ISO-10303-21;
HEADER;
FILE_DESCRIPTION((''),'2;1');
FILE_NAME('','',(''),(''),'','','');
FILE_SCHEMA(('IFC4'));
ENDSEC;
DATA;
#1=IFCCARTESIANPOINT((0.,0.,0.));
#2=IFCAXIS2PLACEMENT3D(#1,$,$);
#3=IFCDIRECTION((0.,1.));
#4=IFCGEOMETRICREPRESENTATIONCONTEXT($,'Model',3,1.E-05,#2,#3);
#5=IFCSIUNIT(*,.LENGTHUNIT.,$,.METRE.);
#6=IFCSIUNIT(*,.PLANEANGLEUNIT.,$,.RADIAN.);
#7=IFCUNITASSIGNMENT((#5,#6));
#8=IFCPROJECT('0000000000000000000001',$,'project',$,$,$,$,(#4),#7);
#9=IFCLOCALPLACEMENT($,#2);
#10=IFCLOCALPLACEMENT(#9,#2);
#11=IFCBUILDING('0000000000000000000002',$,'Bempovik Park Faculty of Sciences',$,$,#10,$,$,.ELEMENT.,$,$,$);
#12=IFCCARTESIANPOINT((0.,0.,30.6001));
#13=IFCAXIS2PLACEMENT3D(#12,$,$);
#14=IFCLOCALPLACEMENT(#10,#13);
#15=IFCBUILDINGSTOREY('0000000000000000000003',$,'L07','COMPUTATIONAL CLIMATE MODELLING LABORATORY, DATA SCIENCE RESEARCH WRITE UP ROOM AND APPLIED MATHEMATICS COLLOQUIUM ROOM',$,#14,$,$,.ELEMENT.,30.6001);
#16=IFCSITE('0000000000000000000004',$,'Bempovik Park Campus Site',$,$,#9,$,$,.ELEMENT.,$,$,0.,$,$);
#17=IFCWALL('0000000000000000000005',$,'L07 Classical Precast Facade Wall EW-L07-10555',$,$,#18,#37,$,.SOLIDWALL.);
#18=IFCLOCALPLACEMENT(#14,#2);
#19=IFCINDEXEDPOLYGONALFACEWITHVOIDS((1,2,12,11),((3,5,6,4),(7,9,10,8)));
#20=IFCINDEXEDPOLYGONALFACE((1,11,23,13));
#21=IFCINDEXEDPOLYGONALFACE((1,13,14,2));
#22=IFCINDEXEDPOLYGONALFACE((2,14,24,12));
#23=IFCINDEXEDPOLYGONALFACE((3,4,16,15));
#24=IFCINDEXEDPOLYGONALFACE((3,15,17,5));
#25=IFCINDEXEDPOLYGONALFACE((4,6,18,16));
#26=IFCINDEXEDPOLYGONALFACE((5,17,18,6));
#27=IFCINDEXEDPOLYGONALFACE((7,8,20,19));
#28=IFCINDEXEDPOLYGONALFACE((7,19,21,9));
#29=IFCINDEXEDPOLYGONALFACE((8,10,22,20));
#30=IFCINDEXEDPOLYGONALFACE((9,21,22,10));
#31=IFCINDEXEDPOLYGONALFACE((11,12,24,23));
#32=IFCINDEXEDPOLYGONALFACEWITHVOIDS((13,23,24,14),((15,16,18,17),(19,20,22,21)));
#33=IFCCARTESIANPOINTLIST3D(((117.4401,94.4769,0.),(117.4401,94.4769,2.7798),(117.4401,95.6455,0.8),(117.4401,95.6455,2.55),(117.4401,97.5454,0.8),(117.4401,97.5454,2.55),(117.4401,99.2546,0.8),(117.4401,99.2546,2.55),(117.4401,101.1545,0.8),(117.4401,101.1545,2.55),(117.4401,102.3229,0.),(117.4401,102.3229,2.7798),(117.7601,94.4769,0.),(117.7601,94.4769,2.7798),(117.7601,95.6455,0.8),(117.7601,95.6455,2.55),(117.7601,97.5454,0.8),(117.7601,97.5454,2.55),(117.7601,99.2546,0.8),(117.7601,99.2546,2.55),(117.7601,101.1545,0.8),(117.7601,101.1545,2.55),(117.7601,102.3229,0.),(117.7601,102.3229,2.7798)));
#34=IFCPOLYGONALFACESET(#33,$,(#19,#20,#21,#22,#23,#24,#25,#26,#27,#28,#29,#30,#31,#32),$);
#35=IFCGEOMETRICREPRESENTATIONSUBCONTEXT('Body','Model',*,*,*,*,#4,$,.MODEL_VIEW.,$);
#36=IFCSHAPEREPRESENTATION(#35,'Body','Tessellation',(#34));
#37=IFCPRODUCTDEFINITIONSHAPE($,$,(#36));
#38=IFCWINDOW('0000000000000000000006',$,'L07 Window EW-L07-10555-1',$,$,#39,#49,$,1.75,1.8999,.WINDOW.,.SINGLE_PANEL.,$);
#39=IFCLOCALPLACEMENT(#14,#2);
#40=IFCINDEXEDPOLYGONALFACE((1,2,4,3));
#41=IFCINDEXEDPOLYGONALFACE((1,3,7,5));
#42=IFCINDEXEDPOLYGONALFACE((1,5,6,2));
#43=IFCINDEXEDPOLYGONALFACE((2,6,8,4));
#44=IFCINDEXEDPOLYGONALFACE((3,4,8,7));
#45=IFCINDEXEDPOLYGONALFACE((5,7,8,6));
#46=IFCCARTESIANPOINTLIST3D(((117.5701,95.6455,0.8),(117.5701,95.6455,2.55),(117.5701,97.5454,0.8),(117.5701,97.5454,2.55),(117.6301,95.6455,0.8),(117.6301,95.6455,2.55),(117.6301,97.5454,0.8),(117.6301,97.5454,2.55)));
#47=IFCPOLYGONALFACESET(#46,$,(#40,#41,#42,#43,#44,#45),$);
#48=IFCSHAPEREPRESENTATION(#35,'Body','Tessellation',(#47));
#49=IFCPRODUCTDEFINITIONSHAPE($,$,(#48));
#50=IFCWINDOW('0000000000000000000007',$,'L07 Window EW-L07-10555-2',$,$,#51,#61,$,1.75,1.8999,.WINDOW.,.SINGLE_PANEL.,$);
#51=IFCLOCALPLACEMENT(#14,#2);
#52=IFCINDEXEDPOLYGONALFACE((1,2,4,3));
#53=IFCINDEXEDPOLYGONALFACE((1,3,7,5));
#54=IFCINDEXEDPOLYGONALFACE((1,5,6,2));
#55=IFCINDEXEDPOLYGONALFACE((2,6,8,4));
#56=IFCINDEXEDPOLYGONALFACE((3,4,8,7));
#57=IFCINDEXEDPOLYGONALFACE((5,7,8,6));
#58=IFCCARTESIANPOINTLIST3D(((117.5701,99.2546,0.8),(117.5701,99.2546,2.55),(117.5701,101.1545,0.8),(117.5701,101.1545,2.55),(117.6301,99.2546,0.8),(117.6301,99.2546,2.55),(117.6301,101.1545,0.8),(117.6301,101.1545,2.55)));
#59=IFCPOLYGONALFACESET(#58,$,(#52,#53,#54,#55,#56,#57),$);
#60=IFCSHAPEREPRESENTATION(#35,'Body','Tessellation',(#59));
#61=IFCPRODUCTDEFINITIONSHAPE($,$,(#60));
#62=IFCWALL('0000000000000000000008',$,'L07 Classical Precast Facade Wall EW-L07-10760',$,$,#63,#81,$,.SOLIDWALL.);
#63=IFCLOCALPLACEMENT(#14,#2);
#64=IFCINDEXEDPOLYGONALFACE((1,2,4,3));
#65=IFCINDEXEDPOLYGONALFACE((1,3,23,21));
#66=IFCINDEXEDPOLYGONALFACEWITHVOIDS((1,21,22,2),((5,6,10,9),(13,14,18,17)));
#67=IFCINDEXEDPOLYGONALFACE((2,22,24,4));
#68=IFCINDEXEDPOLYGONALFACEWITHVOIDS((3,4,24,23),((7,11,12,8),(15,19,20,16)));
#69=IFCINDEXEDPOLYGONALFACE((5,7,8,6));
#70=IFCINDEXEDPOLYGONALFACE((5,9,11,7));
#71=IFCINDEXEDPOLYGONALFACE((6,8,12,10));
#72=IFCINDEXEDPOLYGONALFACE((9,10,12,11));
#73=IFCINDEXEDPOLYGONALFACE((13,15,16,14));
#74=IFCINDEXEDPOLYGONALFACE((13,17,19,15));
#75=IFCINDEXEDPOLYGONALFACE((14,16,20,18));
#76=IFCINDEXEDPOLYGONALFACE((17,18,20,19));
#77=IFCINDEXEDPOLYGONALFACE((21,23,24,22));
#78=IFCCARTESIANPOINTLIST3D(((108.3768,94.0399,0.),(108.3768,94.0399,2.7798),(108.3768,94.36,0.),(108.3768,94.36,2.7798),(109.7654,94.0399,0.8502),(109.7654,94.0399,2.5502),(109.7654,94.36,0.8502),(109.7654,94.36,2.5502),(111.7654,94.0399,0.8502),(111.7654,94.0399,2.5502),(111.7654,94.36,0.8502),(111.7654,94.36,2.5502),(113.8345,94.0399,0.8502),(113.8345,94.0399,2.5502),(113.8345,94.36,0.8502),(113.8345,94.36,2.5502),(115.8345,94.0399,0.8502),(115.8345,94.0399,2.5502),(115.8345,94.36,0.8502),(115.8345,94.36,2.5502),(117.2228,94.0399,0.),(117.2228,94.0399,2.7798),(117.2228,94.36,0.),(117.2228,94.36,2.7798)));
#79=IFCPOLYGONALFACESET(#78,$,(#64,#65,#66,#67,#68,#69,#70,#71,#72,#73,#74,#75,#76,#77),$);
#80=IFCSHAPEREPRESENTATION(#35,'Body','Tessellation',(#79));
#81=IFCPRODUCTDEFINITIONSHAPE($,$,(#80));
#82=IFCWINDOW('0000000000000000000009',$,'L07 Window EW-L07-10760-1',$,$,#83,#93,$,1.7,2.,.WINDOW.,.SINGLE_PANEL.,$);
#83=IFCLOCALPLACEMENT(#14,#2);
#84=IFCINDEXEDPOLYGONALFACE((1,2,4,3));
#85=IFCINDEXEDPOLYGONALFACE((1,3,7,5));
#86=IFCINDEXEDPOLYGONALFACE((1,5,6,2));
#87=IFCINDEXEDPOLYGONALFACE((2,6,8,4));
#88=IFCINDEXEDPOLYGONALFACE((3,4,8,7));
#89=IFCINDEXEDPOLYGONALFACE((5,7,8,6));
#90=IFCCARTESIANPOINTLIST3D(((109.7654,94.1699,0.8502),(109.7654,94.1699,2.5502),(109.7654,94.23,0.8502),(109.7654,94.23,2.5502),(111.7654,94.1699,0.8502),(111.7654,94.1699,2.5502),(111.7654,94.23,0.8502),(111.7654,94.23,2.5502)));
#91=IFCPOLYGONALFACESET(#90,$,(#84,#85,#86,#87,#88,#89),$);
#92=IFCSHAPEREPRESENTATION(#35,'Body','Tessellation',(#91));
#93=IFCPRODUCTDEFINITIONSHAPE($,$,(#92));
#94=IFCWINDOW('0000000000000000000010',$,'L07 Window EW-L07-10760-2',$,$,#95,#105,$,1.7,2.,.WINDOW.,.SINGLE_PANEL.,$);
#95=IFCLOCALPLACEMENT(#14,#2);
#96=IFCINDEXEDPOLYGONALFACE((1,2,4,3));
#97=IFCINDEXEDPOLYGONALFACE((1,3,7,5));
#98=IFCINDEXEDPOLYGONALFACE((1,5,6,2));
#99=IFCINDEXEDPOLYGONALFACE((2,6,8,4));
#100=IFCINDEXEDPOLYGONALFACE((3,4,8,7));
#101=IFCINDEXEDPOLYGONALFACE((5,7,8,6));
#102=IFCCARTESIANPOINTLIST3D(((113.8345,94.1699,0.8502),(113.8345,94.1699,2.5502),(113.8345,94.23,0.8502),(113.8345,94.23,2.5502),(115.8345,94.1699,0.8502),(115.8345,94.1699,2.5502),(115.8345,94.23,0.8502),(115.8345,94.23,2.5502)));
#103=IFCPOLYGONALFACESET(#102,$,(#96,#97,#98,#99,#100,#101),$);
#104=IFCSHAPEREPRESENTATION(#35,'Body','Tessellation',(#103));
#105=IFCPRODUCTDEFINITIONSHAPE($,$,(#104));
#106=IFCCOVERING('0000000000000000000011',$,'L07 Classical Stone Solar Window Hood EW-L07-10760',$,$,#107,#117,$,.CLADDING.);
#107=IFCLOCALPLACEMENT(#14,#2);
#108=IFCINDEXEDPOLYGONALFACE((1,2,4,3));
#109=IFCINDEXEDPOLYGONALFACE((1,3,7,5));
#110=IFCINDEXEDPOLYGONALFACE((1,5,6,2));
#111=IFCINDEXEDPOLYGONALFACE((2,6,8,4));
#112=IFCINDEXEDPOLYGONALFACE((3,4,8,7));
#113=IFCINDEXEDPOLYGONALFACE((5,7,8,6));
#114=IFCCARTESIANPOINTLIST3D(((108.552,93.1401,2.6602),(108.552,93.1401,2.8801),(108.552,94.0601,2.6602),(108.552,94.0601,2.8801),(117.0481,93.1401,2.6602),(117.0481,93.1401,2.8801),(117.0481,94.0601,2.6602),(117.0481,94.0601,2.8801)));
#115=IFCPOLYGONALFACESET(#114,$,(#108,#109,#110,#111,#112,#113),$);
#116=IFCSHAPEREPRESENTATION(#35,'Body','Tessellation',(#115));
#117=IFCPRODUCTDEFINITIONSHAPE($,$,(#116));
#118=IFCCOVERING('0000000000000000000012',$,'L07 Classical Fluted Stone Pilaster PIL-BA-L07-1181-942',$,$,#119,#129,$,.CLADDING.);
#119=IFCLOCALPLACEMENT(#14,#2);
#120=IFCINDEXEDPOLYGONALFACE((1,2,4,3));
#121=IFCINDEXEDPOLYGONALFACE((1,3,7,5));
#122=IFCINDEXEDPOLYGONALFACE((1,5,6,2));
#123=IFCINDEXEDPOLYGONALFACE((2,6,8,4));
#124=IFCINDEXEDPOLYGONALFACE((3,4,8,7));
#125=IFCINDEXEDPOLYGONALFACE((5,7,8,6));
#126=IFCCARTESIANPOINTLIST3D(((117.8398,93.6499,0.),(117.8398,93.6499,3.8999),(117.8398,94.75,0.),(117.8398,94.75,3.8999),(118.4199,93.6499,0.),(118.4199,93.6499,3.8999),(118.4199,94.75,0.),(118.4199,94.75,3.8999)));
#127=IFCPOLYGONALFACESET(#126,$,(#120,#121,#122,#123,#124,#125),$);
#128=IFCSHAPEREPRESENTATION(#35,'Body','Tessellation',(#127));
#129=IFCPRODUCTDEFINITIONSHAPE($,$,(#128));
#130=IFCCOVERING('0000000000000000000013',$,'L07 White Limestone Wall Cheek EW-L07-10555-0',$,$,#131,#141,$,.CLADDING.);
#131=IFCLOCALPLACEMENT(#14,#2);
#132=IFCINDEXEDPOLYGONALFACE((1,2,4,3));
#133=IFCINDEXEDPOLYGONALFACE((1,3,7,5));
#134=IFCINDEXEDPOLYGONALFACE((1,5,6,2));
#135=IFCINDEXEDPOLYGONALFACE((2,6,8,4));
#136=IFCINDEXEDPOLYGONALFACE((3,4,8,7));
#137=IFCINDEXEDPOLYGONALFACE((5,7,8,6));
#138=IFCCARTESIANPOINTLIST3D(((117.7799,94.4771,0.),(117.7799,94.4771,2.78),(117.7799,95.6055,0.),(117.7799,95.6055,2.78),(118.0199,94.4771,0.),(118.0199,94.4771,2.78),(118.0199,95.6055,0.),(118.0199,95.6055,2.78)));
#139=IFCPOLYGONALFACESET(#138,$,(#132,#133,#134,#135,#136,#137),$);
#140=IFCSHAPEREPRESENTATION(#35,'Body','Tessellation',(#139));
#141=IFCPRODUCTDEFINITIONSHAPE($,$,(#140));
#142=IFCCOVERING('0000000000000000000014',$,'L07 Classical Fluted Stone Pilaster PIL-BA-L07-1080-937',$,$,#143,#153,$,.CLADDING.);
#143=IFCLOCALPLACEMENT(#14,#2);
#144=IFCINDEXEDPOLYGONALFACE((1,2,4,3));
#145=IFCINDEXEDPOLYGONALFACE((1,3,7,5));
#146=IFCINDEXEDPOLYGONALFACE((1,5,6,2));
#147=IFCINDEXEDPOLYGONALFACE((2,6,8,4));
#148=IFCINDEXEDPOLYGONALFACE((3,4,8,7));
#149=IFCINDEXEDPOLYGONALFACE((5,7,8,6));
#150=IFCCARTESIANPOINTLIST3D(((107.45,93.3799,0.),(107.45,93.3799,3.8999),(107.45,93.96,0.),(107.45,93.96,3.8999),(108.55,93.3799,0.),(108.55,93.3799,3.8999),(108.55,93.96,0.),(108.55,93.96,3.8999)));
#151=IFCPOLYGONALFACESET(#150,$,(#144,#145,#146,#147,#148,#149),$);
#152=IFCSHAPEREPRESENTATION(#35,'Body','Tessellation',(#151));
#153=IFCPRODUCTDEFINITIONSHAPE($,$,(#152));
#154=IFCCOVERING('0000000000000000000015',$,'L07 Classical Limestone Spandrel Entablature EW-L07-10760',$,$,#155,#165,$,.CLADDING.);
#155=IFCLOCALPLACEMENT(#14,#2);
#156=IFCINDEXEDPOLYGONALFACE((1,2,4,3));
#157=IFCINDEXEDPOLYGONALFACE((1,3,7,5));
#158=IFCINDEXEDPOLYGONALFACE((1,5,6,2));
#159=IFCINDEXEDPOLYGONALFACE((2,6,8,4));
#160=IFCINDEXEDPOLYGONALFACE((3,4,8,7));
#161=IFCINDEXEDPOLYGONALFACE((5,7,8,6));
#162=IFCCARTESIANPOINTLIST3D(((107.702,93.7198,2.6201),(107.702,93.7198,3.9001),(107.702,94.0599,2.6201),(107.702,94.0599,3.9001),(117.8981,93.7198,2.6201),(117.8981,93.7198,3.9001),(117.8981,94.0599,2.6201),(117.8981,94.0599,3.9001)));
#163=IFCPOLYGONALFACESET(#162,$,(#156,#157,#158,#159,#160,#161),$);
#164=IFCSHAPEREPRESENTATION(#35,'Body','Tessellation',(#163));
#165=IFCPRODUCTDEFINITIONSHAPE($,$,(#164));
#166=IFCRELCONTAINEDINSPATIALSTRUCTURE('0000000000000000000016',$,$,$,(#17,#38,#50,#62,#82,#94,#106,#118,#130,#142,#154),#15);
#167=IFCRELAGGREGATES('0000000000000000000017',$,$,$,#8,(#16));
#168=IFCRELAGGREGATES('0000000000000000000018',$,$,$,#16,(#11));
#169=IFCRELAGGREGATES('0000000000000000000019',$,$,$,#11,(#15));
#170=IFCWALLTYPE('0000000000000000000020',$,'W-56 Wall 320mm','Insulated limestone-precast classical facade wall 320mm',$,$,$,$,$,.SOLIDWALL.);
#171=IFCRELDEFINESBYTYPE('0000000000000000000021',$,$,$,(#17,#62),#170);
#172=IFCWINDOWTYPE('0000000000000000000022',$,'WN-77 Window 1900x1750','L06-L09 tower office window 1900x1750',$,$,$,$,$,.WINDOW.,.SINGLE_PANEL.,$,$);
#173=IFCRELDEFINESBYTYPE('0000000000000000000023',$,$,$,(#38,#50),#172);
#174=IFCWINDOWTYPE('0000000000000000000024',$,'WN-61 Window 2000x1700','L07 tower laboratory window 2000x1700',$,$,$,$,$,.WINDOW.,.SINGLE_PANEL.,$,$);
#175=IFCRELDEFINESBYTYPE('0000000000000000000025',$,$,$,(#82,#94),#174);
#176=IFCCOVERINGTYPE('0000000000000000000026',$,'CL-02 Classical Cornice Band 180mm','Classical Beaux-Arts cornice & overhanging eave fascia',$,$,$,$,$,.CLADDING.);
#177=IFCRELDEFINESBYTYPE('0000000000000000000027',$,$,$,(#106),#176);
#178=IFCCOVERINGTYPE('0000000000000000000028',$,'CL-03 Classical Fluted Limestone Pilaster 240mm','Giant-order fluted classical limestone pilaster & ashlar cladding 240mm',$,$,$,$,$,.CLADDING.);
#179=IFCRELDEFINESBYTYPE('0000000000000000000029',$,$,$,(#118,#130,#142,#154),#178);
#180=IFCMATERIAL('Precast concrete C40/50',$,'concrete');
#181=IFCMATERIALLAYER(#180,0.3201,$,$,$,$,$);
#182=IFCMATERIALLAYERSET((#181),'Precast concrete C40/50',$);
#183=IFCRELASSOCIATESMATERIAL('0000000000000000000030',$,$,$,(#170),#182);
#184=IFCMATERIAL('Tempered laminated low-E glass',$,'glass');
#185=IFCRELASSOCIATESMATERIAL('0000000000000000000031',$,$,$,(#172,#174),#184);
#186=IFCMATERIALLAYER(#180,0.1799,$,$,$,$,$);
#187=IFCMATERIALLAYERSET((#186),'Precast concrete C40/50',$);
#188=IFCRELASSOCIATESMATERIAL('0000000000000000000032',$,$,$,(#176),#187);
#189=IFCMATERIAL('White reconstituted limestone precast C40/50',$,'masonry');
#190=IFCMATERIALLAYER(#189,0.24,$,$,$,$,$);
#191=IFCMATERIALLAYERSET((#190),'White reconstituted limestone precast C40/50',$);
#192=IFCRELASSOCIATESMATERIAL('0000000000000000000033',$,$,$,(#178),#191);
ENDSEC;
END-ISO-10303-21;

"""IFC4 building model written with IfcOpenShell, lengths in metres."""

from ifc_helpers import new_model, si_unit, direction, frame, frame_2d, origin, origin_2d, place, context, subcontext, project, spatial, rectangle, extrude, material, layer, layer_set, type_object, element, fill, save


model = new_model("IFC4")

# Units and contexts
model_context = context("Model", 3, precision=1e-05, world=origin(), true_north=direction((0.0, 1.0)))
body_context = subcontext(model_context, "Body", "Model", "MODEL_VIEW")
ifc_project = project(units=[si_unit("LENGTHUNIT", "METRE"), si_unit("PLANEANGLEUNIT", "RADIAN")], contexts=[model_context])

# Site, building, storey
site_placement = place(None, origin())
site = spatial("IfcSite", under=ifc_project, at=site_placement, Name="Bempovik Park Campus Site", CompositionType="ELEMENT", RefElevation=0.0)
building_placement = place(site_placement, origin())
building = spatial("IfcBuilding", under=site, at=building_placement, Name="Bempovik Park Faculty of Sciences", CompositionType="ELEMENT")
storey_placement = place(building_placement, frame((0.0, 0.0, 30.6001)))
storey = spatial("IfcBuildingStorey", under=building, at=storey_placement, Name="L07", Description="COMPUTATIONAL CLIMATE MODELLING LABORATORY, DATA SCIENCE RESEARCH WRITE UP ROOM AND APPLIED MATHEMATICS COLLOQUIUM ROOM", CompositionType="ELEMENT", Elevation=30.6001)

# Walls, openings, windows
ifc_material_1 = material(Name="Precast concrete C40/50", Category="concrete")
ifc_layer_1 = layer(ifc_material_1, 0.3201)
ifc_layer_set_1 = layer_set([ifc_layer_1], Name="Precast concrete C40/50")
wall_type_1 = type_object("IfcWallType", Name="W-56 Wall 320mm", Description="Insulated limestone-precast classical facade wall 320mm", PredefinedType="SOLIDWALL", material=ifc_layer_set_1)
wall_1_placement = place(storey_placement, frame((117.6001, 94.4771, 0.0), z_axis=(0.0, 0.0, 1.0), x_axis=(0.0, 1.0, 0.0)))
wall_1 = element("IfcWall", 1, at=wall_1_placement, inside=storey, type_object=wall_type_1, Name="L07 Classical Precast Facade Wall EW-L07-10555", PredefinedType="SOLIDWALL", context=body_context, shape_type="SweptSolid", body=[
    extrude(rectangle(XDim=7.8459, YDim=0.3201, at=frame_2d((3.9229, 0.0))), origin(), (0.0, 0.0, 1.0), 2.7798),
])
opening_1_placement = place(wall_1_placement, frame((1.1685, 0.0, 0.8)))
opening_1 = element("IfcOpeningElement", 2, at=opening_1_placement, cuts=wall_1, PredefinedType="OPENING", context=body_context, shape_type="SweptSolid", body=[
    extrude(rectangle(XDim=1.8999, YDim=1.75, at=frame_2d((0.95, 0.875))), frame((0.0, 0.1699, 0.0), z_axis=(0.0, -1.0, 0.0), x_axis=(1.0, 0.0, 0.0)), (0.0, 0.0, 1.0), 0.3401),
])
opening_2_placement = place(wall_1_placement, frame((4.7776, 0.0, 0.8)))
opening_2 = element("IfcOpeningElement", 3, at=opening_2_placement, cuts=wall_1, PredefinedType="OPENING", context=body_context, shape_type="SweptSolid", body=[
    extrude(rectangle(XDim=1.8999, YDim=1.75, at=frame_2d((0.95, 0.875))), frame((0.0, 0.1699, 0.0), z_axis=(0.0, -1.0, 0.0), x_axis=(1.0, 0.0, 0.0)), (0.0, 0.0, 1.0), 0.3401),
])
ifc_material_2 = material(Name="Tempered laminated low-E glass", Category="glass")
window_type_1 = type_object("IfcWindowType", Name="WN-77 Window 1900x1750", Description="L06-L09 tower office window 1900x1750", PartitioningType="SINGLE_PANEL", PredefinedType="WINDOW", material=ifc_material_2)
window_1_placement = place(opening_1_placement, origin())
window_1 = element("IfcWindow", 4, at=window_1_placement, inside=storey, type_object=window_type_1, Name="L07 Window EW-L07-10555-1", OverallHeight=1.75, OverallWidth=1.8999, PartitioningType="SINGLE_PANEL", PredefinedType="WINDOW", context=body_context, shape_type="SweptSolid", body=[
    extrude(rectangle(XDim=1.8999, YDim=1.75, at=frame_2d((0.95, 0.875))), frame((0.0, 0.03, 0.0), z_axis=(0.0, -1.0, 0.0), x_axis=(1.0, 0.0, 0.0)), (0.0, 0.0, 1.0), 0.0601),
])
fill(opening_1, window_1)
window_2_placement = place(opening_2_placement, origin())
window_2 = element("IfcWindow", 5, at=window_2_placement, inside=storey, type_object=window_type_1, Name="L07 Window EW-L07-10555-2", OverallHeight=1.75, OverallWidth=1.8999, PartitioningType="SINGLE_PANEL", PredefinedType="WINDOW", context=body_context, shape_type="SweptSolid", body=[
    extrude(rectangle(XDim=1.8999, YDim=1.75, at=frame_2d((0.95, 0.875))), frame((0.0, 0.03, 0.0), z_axis=(0.0, -1.0, 0.0), x_axis=(1.0, 0.0, 0.0)), (0.0, 0.0, 1.0), 0.0601),
])
fill(opening_2, window_2)
wall_2_placement = place(storey_placement, frame((108.377, 94.2, 0.0), z_axis=(0.0, 0.0, 1.0), x_axis=(1.0, 0.0, 0.0)))
wall_2 = element("IfcWall", 6, at=wall_2_placement, inside=storey, type_object=wall_type_1, Name="L07 Classical Precast Facade Wall EW-L07-10760", PredefinedType="SOLIDWALL", context=body_context, shape_type="SweptSolid", body=[
    extrude(rectangle(XDim=8.8459, YDim=0.3201, at=frame_2d((4.4229, 0.0))), origin(), (0.0, 0.0, 1.0), 2.7798),
])
opening_3_placement = place(wall_2_placement, frame((1.3884, 0.0, 0.8501)))
opening_3 = element("IfcOpeningElement", 7, at=opening_3_placement, cuts=wall_2, PredefinedType="OPENING", context=body_context, shape_type="SweptSolid", body=[
    extrude(rectangle(XDim=2.0, YDim=1.7, at=frame_2d((1.0, 0.8501))), frame((0.0, 0.1699, 0.0), z_axis=(0.0, -1.0, 0.0), x_axis=(1.0, 0.0, 0.0)), (0.0, 0.0, 1.0), 0.3401),
])
opening_4_placement = place(wall_2_placement, frame((5.4575, 0.0, 0.8501)))
opening_4 = element("IfcOpeningElement", 8, at=opening_4_placement, cuts=wall_2, PredefinedType="OPENING", context=body_context, shape_type="SweptSolid", body=[
    extrude(rectangle(XDim=2.0, YDim=1.7, at=frame_2d((1.0, 0.8501))), frame((0.0, 0.1699, 0.0), z_axis=(0.0, -1.0, 0.0), x_axis=(1.0, 0.0, 0.0)), (0.0, 0.0, 1.0), 0.3401),
])
window_type_2 = type_object("IfcWindowType", Name="WN-61 Window 2000x1700", Description="L07 tower laboratory window 2000x1700", PartitioningType="SINGLE_PANEL", PredefinedType="WINDOW", material=ifc_material_2)
window_3_placement = place(opening_3_placement, origin())
window_3 = element("IfcWindow", 9, at=window_3_placement, inside=storey, type_object=window_type_2, Name="L07 Window EW-L07-10760-1", OverallHeight=1.7, OverallWidth=2.0, PartitioningType="SINGLE_PANEL", PredefinedType="WINDOW", context=body_context, shape_type="SweptSolid", body=[
    extrude(rectangle(XDim=2.0, YDim=1.7, at=frame_2d((1.0, 0.8501))), frame((0.0, 0.03, 0.0), z_axis=(0.0, -1.0, 0.0), x_axis=(1.0, 0.0, 0.0)), (0.0, 0.0, 1.0), 0.0601),
])
fill(opening_3, window_3)
window_4_placement = place(opening_4_placement, origin())
window_4 = element("IfcWindow", 10, at=window_4_placement, inside=storey, type_object=window_type_2, Name="L07 Window EW-L07-10760-2", OverallHeight=1.7, OverallWidth=2.0, PartitioningType="SINGLE_PANEL", PredefinedType="WINDOW", context=body_context, shape_type="SweptSolid", body=[
    extrude(rectangle(XDim=2.0, YDim=1.7, at=frame_2d((1.0, 0.8501))), frame((0.0, 0.03, 0.0), z_axis=(0.0, -1.0, 0.0), x_axis=(1.0, 0.0, 0.0)), (0.0, 0.0, 1.0), 0.0601),
])
fill(opening_4, window_4)

# Coverings
ifc_layer_2 = layer(ifc_material_1, 0.1799)
ifc_layer_set_2 = layer_set([ifc_layer_2], Name="Precast concrete C40/50")
covering_type_1 = type_object("IfcCoveringType", Name="CL-02 Classical Cornice Band 180mm", Description="Classical Beaux-Arts cornice & overhanging eave fascia", PredefinedType="CLADDING", material=ifc_layer_set_2)
covering_1_placement = place(storey_placement, frame((112.8, 93.6001, 2.6602), z_axis=(0.0, 0.0, 1.0), x_axis=(1.0, 0.0, 0.0)))
element("IfcCovering", 11, at=covering_1_placement, inside=storey, type_object=covering_type_1, Name="L07 Classical Stone Solar Window Hood EW-L07-10760", PredefinedType="CLADDING", context=body_context, shape_type="SweptSolid", body=[
    extrude(rectangle(XDim=8.4961, YDim=0.9199, at=origin_2d()), origin(), (0.0, 0.0, 1.0), 0.22),
])
ifc_material_3 = material(Name="White reconstituted limestone precast C40/50", Category="masonry")
ifc_layer_3 = layer(ifc_material_3, 0.24)
ifc_layer_set_3 = layer_set([ifc_layer_3], Name="White reconstituted limestone precast C40/50")
covering_type_2 = type_object("IfcCoveringType", Name="CL-03 Classical Fluted Limestone Pilaster 240mm", Description="Giant-order fluted classical limestone pilaster & ashlar cladding 240mm", PredefinedType="CLADDING", material=ifc_layer_set_3)
covering_2_placement = place(storey_placement, frame((118.1299, 94.2, 0.0), z_axis=(0.0, 0.0, 1.0), x_axis=(1.0, 0.0, 0.0)))
element("IfcCovering", 12, at=covering_2_placement, inside=storey, type_object=covering_type_2, Name="L07 Classical Fluted Stone Pilaster PIL-BA-L07-1181-942", PredefinedType="CLADDING", context=body_context, shape_type="SweptSolid", body=[
    extrude(rectangle(XDim=0.5801, YDim=1.1001, at=origin_2d()), origin(), (0.0, 0.0, 1.0), 3.8999),
])
covering_3_placement = place(storey_placement, frame((117.8999, 95.0413, 0.0), z_axis=(0.0, 0.0, 1.0), x_axis=(1.0, 0.0, 0.0)))
element("IfcCovering", 13, at=covering_3_placement, inside=storey, type_object=covering_type_2, Name="L07 White Limestone Wall Cheek EW-L07-10555-0", PredefinedType="CLADDING", context=body_context, shape_type="SweptSolid", body=[
    extrude(rectangle(XDim=0.24, YDim=1.1284, at=origin_2d()), origin(), (0.0, 0.0, 1.0), 2.78),
])
covering_4_placement = place(storey_placement, frame((108.0, 93.6699, 0.0), z_axis=(0.0, 0.0, 1.0), x_axis=(1.0, 0.0, 0.0)))
element("IfcCovering", 14, at=covering_4_placement, inside=storey, type_object=covering_type_2, Name="L07 Classical Fluted Stone Pilaster PIL-BA-L07-1080-937", PredefinedType="CLADDING", context=body_context, shape_type="SweptSolid", body=[
    extrude(rectangle(XDim=1.1001, YDim=0.5801, at=origin_2d()), origin(), (0.0, 0.0, 1.0), 3.8999),
])
covering_5_placement = place(storey_placement, frame((112.8, 93.8899, 2.6201), z_axis=(0.0, 0.0, 1.0), x_axis=(1.0, 0.0, 0.0)))
element("IfcCovering", 15, at=covering_5_placement, inside=storey, type_object=covering_type_2, Name="L07 Classical Limestone Spandrel Entablature EW-L07-10760", PredefinedType="CLADDING", context=body_context, shape_type="SweptSolid", body=[
    extrude(rectangle(XDim=10.196, YDim=0.3401, at=origin_2d()), origin(), (0.0, 0.0, 1.0), 1.28),
])

save(model, "model.ifc")
